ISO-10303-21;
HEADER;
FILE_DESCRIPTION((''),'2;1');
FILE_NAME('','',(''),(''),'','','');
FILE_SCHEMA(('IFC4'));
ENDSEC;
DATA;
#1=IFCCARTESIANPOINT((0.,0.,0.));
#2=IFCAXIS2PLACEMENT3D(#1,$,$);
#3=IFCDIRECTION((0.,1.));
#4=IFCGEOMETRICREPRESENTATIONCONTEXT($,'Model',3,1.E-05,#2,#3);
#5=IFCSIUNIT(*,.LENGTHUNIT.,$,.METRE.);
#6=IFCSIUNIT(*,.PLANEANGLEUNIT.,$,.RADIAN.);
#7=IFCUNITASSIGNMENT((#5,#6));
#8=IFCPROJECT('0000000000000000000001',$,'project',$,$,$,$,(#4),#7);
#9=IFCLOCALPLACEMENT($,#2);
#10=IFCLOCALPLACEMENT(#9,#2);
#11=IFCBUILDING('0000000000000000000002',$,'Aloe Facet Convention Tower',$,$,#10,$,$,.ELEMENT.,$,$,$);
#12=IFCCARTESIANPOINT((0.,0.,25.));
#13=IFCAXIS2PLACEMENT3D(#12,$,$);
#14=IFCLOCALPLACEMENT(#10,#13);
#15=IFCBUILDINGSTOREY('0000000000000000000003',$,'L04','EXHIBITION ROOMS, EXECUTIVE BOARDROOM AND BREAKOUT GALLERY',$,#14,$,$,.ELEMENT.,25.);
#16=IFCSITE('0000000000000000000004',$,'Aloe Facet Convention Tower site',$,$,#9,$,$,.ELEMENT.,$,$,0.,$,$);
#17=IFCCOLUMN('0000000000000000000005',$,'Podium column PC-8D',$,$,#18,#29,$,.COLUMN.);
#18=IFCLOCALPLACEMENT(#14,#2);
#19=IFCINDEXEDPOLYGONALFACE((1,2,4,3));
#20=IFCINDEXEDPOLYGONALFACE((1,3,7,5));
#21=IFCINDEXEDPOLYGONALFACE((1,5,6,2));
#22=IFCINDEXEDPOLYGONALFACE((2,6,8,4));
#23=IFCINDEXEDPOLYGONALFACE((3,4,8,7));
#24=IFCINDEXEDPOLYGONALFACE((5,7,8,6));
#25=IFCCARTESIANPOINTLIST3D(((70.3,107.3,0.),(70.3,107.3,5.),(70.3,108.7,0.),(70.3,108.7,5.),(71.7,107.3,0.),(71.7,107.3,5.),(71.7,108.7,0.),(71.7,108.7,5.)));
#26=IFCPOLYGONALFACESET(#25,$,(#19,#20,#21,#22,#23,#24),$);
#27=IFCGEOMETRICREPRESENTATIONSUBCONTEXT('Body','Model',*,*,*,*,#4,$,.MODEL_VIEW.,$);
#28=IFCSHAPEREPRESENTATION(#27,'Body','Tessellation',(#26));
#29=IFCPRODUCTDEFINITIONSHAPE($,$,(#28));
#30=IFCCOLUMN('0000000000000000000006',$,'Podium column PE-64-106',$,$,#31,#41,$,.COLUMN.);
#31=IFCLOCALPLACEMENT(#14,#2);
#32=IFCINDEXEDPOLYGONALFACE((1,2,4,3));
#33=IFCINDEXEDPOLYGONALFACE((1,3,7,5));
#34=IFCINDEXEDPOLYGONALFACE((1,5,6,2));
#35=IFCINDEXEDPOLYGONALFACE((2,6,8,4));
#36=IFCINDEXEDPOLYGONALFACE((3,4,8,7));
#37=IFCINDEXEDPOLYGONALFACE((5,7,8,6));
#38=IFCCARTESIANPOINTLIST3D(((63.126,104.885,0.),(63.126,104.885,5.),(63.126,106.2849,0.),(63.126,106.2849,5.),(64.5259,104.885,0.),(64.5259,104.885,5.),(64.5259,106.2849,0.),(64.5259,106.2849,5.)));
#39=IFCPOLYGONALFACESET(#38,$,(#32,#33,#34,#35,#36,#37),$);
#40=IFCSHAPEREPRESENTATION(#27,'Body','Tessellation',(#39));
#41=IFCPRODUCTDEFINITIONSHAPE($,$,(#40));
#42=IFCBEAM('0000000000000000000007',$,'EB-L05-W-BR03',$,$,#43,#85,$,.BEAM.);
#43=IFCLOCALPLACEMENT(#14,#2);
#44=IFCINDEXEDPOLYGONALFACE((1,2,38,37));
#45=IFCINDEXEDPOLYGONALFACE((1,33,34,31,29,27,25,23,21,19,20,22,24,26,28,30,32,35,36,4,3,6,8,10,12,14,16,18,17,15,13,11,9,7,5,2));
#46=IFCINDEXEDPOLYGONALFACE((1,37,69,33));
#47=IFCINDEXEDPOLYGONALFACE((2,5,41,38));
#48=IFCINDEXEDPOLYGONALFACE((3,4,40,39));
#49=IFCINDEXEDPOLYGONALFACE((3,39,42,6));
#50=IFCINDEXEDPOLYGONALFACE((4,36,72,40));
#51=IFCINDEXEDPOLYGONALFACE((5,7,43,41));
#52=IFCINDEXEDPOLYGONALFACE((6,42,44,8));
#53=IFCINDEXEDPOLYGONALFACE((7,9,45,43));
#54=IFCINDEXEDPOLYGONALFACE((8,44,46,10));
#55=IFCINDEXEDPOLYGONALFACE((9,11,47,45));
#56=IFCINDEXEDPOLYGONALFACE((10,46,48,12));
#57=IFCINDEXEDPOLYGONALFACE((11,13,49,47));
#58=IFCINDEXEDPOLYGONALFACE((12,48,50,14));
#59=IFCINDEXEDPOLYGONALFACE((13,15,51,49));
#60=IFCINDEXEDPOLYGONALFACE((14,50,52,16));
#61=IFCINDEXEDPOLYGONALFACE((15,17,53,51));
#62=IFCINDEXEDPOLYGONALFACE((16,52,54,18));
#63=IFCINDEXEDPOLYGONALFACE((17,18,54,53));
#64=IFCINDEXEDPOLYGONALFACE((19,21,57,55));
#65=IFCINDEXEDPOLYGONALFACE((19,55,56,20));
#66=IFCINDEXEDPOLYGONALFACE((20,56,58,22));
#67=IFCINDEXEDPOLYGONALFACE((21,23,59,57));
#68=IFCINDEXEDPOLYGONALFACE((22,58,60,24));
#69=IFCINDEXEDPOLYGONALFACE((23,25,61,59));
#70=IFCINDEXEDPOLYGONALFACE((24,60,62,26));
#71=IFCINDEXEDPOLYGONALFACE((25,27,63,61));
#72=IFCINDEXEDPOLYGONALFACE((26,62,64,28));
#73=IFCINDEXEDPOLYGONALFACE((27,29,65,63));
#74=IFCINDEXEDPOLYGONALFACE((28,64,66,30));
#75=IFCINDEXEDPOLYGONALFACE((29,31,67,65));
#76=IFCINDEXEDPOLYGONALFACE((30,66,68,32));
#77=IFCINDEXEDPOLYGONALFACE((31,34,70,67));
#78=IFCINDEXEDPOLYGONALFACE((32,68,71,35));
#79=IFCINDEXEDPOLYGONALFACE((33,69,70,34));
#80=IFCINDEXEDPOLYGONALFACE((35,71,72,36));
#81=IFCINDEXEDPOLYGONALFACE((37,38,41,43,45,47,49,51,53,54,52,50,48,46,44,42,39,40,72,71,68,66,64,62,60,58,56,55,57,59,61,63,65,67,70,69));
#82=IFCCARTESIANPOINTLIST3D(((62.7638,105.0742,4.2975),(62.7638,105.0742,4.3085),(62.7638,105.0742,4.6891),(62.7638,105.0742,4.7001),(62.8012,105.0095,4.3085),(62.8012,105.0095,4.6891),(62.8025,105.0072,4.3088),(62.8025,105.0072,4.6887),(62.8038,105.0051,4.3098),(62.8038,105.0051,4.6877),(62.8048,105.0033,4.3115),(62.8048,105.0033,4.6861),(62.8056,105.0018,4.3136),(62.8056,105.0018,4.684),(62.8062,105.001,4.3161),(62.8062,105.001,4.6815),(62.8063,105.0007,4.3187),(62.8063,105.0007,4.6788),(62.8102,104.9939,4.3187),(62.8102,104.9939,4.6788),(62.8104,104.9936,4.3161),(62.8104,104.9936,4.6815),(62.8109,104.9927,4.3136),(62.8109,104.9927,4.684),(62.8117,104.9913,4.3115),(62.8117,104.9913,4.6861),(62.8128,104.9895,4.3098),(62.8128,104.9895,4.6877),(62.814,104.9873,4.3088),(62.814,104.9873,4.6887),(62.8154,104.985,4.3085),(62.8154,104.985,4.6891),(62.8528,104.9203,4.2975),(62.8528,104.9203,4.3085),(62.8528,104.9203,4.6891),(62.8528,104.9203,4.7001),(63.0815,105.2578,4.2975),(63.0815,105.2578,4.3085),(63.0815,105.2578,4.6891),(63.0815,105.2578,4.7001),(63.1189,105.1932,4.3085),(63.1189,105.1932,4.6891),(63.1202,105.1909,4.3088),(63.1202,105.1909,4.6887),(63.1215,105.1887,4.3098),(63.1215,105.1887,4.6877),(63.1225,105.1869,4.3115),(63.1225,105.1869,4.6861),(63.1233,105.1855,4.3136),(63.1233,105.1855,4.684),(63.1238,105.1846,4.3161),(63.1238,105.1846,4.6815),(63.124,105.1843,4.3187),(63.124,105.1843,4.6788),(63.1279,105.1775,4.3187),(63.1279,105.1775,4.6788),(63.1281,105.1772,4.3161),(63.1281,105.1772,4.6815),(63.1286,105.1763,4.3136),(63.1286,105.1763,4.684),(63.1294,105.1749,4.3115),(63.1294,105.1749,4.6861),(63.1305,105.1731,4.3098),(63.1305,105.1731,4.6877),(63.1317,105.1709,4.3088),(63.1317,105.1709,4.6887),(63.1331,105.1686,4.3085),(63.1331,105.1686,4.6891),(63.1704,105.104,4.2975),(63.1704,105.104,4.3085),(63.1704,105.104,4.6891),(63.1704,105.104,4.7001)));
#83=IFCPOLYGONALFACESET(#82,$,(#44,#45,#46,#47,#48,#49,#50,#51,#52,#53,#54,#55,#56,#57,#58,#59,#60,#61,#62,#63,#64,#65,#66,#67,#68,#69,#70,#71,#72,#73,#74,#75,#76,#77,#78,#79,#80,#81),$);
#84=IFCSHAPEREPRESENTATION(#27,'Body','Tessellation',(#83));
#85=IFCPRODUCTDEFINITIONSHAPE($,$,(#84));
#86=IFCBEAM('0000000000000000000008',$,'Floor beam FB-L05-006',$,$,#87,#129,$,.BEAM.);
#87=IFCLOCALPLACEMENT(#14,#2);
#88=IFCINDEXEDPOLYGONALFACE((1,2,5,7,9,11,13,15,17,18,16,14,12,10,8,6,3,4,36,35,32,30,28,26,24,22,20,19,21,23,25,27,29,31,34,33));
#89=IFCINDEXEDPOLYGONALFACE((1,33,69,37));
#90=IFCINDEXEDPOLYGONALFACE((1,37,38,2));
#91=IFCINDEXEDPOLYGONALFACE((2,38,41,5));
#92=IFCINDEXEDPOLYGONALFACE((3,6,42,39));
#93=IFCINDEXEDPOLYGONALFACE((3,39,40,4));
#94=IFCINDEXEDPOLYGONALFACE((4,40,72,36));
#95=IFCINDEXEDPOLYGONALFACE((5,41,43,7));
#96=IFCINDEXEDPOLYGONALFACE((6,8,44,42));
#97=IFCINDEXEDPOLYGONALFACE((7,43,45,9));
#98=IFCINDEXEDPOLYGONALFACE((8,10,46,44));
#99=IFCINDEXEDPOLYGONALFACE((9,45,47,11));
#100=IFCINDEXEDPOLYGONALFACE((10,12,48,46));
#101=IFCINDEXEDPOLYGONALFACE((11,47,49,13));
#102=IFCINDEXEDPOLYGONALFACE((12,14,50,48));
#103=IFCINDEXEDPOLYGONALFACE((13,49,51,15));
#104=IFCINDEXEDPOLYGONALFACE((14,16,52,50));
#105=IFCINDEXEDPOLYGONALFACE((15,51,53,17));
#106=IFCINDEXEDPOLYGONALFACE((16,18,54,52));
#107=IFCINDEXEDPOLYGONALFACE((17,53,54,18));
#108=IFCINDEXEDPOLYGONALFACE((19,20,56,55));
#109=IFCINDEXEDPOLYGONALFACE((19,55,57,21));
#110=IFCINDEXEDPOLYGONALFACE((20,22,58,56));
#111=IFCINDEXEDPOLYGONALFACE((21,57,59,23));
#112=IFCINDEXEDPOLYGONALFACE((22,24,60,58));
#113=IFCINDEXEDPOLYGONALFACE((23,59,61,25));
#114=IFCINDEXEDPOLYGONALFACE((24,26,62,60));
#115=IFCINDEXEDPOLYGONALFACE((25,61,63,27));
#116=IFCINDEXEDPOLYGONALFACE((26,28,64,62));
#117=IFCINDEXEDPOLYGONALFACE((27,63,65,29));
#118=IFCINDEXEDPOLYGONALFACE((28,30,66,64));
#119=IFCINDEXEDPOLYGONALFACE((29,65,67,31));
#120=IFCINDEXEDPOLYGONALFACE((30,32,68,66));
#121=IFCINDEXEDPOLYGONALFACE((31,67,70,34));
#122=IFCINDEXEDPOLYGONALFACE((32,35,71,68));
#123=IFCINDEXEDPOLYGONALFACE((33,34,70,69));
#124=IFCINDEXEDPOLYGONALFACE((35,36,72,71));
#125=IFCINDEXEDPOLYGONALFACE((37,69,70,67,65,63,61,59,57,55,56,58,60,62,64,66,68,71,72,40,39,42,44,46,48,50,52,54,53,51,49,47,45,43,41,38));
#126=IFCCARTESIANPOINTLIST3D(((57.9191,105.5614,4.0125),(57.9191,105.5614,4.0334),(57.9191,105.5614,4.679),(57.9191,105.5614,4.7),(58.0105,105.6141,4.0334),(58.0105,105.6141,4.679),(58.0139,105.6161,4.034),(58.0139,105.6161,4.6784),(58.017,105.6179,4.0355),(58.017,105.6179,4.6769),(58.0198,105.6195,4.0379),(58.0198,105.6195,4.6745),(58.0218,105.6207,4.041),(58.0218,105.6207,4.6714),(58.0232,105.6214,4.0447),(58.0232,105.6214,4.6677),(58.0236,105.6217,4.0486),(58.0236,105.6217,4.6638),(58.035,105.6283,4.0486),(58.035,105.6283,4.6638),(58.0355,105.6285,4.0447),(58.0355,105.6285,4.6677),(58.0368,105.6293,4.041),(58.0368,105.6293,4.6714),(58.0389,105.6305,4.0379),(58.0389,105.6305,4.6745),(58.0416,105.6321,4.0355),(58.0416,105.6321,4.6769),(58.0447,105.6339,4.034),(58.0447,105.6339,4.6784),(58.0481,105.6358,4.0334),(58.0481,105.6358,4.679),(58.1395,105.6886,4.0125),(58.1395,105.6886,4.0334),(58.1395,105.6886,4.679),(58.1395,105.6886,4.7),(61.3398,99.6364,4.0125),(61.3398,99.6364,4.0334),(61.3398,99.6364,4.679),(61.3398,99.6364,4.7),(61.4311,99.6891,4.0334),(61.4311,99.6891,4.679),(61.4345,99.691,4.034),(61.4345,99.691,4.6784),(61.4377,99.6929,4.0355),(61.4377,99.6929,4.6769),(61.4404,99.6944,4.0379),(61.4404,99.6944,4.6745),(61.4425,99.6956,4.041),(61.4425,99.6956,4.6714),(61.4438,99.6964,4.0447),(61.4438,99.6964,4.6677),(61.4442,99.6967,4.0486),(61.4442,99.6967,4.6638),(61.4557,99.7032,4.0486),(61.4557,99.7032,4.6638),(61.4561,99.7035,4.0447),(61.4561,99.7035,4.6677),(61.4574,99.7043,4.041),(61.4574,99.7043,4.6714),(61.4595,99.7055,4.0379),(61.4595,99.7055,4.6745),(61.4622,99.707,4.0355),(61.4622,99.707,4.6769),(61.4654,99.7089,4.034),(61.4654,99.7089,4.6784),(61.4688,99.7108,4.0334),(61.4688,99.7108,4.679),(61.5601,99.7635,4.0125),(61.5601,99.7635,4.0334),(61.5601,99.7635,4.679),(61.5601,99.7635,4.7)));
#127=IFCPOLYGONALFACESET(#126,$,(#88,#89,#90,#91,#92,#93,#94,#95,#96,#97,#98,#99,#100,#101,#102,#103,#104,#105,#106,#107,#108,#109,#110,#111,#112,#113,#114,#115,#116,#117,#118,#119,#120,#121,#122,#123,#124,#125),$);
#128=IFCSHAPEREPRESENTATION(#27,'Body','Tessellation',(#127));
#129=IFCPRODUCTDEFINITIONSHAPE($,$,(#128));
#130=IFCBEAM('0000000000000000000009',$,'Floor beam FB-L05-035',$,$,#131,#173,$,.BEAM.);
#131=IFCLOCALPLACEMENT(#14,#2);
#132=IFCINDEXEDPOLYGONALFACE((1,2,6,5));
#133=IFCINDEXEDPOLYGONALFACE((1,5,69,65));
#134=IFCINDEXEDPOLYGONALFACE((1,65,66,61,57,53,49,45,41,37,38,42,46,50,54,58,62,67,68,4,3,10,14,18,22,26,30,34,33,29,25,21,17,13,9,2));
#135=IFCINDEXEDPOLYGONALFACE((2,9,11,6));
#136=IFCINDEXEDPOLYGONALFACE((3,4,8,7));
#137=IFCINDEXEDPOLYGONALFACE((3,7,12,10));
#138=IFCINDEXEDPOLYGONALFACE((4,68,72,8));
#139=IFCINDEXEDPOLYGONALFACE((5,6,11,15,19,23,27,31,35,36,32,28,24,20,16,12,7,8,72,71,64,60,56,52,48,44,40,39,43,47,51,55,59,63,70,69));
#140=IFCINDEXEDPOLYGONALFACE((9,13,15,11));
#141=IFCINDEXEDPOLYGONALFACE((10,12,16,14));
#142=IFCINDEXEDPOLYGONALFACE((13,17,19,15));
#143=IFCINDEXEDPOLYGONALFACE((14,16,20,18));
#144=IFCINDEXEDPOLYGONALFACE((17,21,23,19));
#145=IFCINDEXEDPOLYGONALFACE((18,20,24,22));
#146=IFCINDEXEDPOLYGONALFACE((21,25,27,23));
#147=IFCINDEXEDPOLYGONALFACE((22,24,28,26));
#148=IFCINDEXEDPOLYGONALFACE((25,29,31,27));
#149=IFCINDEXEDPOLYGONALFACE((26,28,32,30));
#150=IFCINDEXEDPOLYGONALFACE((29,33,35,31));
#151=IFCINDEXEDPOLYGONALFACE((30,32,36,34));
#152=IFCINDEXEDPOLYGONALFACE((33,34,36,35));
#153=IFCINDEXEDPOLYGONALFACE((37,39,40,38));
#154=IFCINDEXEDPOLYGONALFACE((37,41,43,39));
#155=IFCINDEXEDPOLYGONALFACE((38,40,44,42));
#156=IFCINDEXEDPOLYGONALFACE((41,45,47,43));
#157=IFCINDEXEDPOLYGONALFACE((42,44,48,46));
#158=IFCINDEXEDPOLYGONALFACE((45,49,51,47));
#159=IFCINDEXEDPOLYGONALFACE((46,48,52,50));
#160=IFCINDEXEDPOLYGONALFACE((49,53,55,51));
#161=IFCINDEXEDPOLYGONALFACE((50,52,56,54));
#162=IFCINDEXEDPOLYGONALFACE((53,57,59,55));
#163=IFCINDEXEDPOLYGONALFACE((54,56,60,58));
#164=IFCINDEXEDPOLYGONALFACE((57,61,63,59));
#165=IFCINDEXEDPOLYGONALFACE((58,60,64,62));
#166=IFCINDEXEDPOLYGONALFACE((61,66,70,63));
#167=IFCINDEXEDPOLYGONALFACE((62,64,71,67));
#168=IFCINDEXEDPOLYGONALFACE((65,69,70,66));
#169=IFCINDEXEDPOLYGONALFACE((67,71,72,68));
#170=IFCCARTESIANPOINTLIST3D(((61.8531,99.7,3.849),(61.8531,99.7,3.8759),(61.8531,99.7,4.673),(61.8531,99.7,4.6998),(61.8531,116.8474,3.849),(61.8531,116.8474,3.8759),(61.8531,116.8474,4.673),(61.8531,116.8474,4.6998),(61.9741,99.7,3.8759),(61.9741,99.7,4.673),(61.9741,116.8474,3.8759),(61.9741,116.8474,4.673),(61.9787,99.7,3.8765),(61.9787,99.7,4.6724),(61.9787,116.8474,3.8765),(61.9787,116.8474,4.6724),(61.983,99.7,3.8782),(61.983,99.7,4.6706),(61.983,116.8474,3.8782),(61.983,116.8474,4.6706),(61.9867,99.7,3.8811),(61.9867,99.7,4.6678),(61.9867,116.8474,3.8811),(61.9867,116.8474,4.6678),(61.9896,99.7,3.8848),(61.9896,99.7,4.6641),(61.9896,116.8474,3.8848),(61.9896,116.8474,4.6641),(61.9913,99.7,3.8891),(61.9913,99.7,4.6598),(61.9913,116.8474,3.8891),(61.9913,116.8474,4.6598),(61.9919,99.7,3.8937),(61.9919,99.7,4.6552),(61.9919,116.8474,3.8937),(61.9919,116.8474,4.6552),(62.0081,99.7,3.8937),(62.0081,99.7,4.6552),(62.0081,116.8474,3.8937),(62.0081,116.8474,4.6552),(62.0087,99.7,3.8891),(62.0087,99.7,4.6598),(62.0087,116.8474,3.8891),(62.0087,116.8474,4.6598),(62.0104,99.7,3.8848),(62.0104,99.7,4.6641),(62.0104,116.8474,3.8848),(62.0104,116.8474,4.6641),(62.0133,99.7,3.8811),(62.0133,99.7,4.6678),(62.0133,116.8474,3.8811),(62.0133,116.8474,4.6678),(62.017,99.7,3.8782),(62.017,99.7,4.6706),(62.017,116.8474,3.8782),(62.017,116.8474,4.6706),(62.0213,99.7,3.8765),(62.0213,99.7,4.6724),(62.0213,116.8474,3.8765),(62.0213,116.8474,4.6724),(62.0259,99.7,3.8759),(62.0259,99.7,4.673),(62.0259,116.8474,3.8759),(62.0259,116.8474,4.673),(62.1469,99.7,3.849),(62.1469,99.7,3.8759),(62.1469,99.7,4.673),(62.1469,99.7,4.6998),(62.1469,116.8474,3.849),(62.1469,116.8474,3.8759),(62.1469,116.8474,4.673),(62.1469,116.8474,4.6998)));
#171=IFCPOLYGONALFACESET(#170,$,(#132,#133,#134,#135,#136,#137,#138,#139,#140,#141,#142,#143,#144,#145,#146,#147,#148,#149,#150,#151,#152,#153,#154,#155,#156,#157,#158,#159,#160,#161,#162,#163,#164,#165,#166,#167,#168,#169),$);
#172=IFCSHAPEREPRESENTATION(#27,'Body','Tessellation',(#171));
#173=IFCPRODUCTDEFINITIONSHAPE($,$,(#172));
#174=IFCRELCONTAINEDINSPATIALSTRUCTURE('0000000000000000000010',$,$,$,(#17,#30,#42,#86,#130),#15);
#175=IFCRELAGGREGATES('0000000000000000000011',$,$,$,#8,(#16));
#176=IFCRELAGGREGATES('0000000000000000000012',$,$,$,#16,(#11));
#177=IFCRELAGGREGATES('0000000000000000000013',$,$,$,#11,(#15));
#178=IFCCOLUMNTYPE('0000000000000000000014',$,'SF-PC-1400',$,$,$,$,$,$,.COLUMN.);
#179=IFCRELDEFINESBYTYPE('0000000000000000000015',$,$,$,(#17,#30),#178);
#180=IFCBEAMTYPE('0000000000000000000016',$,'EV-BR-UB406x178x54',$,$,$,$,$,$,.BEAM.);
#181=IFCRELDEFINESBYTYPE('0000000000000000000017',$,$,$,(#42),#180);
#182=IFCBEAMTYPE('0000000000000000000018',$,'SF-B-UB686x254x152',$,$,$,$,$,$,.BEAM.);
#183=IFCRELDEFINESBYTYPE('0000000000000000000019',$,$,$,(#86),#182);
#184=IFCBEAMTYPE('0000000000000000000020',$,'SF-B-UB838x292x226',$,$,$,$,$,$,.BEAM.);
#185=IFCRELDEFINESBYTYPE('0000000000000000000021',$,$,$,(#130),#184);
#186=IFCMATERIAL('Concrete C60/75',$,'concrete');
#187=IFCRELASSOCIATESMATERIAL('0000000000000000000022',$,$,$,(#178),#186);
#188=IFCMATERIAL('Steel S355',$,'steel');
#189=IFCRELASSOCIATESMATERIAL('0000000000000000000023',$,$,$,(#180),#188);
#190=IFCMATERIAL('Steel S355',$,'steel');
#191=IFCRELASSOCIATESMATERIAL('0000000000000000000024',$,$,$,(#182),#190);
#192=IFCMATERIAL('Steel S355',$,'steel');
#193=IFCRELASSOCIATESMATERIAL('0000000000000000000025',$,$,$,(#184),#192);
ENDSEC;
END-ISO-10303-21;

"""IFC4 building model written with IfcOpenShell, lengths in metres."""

from ifc_helpers import new_model, si_unit, direction, frame, origin, origin_2d, place, context, subcontext, project, spatial, rectangle, i_section, extrude, material, material_profile, profile_set, type_object, element, save


model = new_model("IFC4")

# Units and contexts
model_context = context("Model", 3, precision=1e-05, world=origin(), true_north=direction((0.0, 1.0)))
body_context = subcontext(model_context, "Body", "Model", "MODEL_VIEW")
ifc_project = project(units=[si_unit("LENGTHUNIT", "METRE"), si_unit("PLANEANGLEUNIT", "RADIAN")], contexts=[model_context])

# Site, building, storey
site_placement = place(None, origin())
site = spatial("IfcSite", under=ifc_project, at=site_placement, Name="Aloe Facet Convention Tower site", CompositionType="ELEMENT", RefElevation=0.0)
building_placement = place(site_placement, origin())
building = spatial("IfcBuilding", under=site, at=building_placement, Name="Aloe Facet Convention Tower", CompositionType="ELEMENT")
storey_placement = place(building_placement, frame((0.0, 0.0, 25.0)))
storey = spatial("IfcBuildingStorey", under=building, at=storey_placement, Name="L04", Description="EXHIBITION ROOMS, EXECUTIVE BOARDROOM AND BREAKOUT GALLERY", CompositionType="ELEMENT", Elevation=25.0)

# Columns
ifc_material_1 = material(Name="Concrete C60/75", Category="concrete")
ifc_material_profile_1 = material_profile(ifc_material_1, rectangle(XDim=1.3999, YDim=1.3999, at=origin_2d()), Name="SF-PC-1400")
ifc_profile_set_1 = profile_set([ifc_material_profile_1], Name="Concrete C60/75")
column_type = type_object("IfcColumnType", Name="SF-PC-1400", PredefinedType="COLUMN", material=ifc_profile_set_1)
for number, where, z_axis, x_axis, name in (
    (1, (71.0, 108.0, 0.0), (0.0, 0.0, 1.0), (1.0, 0.0, 0.0), "Podium column PC-8D"),
    (2, (63.8259, 105.585, 0.0), (0.0, 0.0, 1.0), (1.0, 0.0, 0.0), "Podium column PE-64-106"),
):
    element("IfcColumn", number, at=place(storey_placement, frame(where, z_axis=z_axis, x_axis=x_axis)), inside=storey, type_object=column_type, Name=name, PredefinedType="COLUMN", context=body_context, shape_type="SweptSolid", body=[
        extrude(rectangle(XDim=1.3999, YDim=1.3999, at=origin_2d()), origin(), (0.0, 0.0, 1.0), 5.0),
    ])

# Beams
ifc_material_2 = material(Name="Steel S355", Category="steel")
ifc_material_profile_2 = material_profile(ifc_material_2, i_section(OverallWidth=0.1777, OverallDepth=0.4026, WebThickness=0.0078, FlangeThickness=0.011, FilletRadius=0.0103, at=origin_2d()), Name="UB 406x178x54")
ifc_profile_set_2 = profile_set([ifc_material_profile_2], Name="Steel S355")
beam_type_1 = type_object("IfcBeamType", Name="EV-BR-UB406x178x54", PredefinedType="BEAM", material=ifc_profile_set_2)
beam_1_placement = place(storey_placement, frame((63.126, 105.1809, 4.4988), z_axis=(-0.865775, -0.500433, 0.0), x_axis=(0.500433, -0.865775, 0.0)))
element("IfcBeam", 3, at=beam_1_placement, inside=storey, type_object=beam_type_1, Name="EB-L05-W-BR03", PredefinedType="BEAM", context=body_context, shape_type="SweptSolid", body=[
    extrude(i_section(OverallWidth=0.1777, OverallDepth=0.4026, WebThickness=0.0078, FlangeThickness=0.011, FilletRadius=0.0103, at=origin_2d()), origin(), (0.0, 0.0, 1.0), 0.3669),
])
ifc_material_3 = material(Name="Steel S355", Category="steel")
ifc_material_profile_3 = material_profile(ifc_material_3, i_section(OverallWidth=0.2544, OverallDepth=0.6875, WebThickness=0.0132, FlangeThickness=0.021, FilletRadius=0.0151, at=origin_2d()), Name="UB 686x254x152")
ifc_profile_set_3 = profile_set([ifc_material_profile_3], Name="Steel S355")
beam_type_2 = type_object("IfcBeamType", Name="SF-B-UB686x254x152", PredefinedType="BEAM", material=ifc_profile_set_3)
beam_2_placement = place(storey_placement, frame((61.45, 99.7, 4.3562), z_axis=(-0.499981, 0.866036, 0.0), x_axis=(-0.866036, -0.499981, 0.0)))
element("IfcBeam", 4, at=beam_2_placement, inside=storey, type_object=beam_type_2, Name="Floor beam FB-L05-006", PredefinedType="BEAM", context=body_context, shape_type="SweptSolid", body=[
    extrude(i_section(OverallWidth=0.2544, OverallDepth=0.6875, WebThickness=0.0132, FlangeThickness=0.021, FilletRadius=0.0151, at=origin_2d()), origin(), (0.0, 0.0, 1.0), 6.8416),
])
ifc_material_4 = material(Name="Steel S355", Category="steel")
ifc_material_profile_4 = material_profile(ifc_material_4, i_section(OverallWidth=0.2937, OverallDepth=0.8508, WebThickness=0.0161, FlangeThickness=0.0269, FilletRadius=0.0178, at=origin_2d()), Name="UB 838x292x226")
ifc_profile_set_4 = profile_set([ifc_material_profile_4], Name="Steel S355")
beam_type_3 = type_object("IfcBeamType", Name="SF-B-UB838x292x226", PredefinedType="BEAM", material=ifc_profile_set_4)
beam_3_placement = place(storey_placement, frame((62.0, 99.7, 4.2744), z_axis=(0.0, 1.0, 0.0), x_axis=(-1.0, 0.0, 0.0)))
element("IfcBeam", 5, at=beam_3_placement, inside=storey, type_object=beam_type_3, Name="Floor beam FB-L05-035", PredefinedType="BEAM", context=body_context, shape_type="SweptSolid", body=[
    extrude(i_section(OverallWidth=0.2937, OverallDepth=0.8508, WebThickness=0.0161, FlangeThickness=0.0269, FilletRadius=0.0178, at=origin_2d()), origin(), (0.0, 0.0, 1.0), 17.1475),
])

save(model, "model.ifc")
